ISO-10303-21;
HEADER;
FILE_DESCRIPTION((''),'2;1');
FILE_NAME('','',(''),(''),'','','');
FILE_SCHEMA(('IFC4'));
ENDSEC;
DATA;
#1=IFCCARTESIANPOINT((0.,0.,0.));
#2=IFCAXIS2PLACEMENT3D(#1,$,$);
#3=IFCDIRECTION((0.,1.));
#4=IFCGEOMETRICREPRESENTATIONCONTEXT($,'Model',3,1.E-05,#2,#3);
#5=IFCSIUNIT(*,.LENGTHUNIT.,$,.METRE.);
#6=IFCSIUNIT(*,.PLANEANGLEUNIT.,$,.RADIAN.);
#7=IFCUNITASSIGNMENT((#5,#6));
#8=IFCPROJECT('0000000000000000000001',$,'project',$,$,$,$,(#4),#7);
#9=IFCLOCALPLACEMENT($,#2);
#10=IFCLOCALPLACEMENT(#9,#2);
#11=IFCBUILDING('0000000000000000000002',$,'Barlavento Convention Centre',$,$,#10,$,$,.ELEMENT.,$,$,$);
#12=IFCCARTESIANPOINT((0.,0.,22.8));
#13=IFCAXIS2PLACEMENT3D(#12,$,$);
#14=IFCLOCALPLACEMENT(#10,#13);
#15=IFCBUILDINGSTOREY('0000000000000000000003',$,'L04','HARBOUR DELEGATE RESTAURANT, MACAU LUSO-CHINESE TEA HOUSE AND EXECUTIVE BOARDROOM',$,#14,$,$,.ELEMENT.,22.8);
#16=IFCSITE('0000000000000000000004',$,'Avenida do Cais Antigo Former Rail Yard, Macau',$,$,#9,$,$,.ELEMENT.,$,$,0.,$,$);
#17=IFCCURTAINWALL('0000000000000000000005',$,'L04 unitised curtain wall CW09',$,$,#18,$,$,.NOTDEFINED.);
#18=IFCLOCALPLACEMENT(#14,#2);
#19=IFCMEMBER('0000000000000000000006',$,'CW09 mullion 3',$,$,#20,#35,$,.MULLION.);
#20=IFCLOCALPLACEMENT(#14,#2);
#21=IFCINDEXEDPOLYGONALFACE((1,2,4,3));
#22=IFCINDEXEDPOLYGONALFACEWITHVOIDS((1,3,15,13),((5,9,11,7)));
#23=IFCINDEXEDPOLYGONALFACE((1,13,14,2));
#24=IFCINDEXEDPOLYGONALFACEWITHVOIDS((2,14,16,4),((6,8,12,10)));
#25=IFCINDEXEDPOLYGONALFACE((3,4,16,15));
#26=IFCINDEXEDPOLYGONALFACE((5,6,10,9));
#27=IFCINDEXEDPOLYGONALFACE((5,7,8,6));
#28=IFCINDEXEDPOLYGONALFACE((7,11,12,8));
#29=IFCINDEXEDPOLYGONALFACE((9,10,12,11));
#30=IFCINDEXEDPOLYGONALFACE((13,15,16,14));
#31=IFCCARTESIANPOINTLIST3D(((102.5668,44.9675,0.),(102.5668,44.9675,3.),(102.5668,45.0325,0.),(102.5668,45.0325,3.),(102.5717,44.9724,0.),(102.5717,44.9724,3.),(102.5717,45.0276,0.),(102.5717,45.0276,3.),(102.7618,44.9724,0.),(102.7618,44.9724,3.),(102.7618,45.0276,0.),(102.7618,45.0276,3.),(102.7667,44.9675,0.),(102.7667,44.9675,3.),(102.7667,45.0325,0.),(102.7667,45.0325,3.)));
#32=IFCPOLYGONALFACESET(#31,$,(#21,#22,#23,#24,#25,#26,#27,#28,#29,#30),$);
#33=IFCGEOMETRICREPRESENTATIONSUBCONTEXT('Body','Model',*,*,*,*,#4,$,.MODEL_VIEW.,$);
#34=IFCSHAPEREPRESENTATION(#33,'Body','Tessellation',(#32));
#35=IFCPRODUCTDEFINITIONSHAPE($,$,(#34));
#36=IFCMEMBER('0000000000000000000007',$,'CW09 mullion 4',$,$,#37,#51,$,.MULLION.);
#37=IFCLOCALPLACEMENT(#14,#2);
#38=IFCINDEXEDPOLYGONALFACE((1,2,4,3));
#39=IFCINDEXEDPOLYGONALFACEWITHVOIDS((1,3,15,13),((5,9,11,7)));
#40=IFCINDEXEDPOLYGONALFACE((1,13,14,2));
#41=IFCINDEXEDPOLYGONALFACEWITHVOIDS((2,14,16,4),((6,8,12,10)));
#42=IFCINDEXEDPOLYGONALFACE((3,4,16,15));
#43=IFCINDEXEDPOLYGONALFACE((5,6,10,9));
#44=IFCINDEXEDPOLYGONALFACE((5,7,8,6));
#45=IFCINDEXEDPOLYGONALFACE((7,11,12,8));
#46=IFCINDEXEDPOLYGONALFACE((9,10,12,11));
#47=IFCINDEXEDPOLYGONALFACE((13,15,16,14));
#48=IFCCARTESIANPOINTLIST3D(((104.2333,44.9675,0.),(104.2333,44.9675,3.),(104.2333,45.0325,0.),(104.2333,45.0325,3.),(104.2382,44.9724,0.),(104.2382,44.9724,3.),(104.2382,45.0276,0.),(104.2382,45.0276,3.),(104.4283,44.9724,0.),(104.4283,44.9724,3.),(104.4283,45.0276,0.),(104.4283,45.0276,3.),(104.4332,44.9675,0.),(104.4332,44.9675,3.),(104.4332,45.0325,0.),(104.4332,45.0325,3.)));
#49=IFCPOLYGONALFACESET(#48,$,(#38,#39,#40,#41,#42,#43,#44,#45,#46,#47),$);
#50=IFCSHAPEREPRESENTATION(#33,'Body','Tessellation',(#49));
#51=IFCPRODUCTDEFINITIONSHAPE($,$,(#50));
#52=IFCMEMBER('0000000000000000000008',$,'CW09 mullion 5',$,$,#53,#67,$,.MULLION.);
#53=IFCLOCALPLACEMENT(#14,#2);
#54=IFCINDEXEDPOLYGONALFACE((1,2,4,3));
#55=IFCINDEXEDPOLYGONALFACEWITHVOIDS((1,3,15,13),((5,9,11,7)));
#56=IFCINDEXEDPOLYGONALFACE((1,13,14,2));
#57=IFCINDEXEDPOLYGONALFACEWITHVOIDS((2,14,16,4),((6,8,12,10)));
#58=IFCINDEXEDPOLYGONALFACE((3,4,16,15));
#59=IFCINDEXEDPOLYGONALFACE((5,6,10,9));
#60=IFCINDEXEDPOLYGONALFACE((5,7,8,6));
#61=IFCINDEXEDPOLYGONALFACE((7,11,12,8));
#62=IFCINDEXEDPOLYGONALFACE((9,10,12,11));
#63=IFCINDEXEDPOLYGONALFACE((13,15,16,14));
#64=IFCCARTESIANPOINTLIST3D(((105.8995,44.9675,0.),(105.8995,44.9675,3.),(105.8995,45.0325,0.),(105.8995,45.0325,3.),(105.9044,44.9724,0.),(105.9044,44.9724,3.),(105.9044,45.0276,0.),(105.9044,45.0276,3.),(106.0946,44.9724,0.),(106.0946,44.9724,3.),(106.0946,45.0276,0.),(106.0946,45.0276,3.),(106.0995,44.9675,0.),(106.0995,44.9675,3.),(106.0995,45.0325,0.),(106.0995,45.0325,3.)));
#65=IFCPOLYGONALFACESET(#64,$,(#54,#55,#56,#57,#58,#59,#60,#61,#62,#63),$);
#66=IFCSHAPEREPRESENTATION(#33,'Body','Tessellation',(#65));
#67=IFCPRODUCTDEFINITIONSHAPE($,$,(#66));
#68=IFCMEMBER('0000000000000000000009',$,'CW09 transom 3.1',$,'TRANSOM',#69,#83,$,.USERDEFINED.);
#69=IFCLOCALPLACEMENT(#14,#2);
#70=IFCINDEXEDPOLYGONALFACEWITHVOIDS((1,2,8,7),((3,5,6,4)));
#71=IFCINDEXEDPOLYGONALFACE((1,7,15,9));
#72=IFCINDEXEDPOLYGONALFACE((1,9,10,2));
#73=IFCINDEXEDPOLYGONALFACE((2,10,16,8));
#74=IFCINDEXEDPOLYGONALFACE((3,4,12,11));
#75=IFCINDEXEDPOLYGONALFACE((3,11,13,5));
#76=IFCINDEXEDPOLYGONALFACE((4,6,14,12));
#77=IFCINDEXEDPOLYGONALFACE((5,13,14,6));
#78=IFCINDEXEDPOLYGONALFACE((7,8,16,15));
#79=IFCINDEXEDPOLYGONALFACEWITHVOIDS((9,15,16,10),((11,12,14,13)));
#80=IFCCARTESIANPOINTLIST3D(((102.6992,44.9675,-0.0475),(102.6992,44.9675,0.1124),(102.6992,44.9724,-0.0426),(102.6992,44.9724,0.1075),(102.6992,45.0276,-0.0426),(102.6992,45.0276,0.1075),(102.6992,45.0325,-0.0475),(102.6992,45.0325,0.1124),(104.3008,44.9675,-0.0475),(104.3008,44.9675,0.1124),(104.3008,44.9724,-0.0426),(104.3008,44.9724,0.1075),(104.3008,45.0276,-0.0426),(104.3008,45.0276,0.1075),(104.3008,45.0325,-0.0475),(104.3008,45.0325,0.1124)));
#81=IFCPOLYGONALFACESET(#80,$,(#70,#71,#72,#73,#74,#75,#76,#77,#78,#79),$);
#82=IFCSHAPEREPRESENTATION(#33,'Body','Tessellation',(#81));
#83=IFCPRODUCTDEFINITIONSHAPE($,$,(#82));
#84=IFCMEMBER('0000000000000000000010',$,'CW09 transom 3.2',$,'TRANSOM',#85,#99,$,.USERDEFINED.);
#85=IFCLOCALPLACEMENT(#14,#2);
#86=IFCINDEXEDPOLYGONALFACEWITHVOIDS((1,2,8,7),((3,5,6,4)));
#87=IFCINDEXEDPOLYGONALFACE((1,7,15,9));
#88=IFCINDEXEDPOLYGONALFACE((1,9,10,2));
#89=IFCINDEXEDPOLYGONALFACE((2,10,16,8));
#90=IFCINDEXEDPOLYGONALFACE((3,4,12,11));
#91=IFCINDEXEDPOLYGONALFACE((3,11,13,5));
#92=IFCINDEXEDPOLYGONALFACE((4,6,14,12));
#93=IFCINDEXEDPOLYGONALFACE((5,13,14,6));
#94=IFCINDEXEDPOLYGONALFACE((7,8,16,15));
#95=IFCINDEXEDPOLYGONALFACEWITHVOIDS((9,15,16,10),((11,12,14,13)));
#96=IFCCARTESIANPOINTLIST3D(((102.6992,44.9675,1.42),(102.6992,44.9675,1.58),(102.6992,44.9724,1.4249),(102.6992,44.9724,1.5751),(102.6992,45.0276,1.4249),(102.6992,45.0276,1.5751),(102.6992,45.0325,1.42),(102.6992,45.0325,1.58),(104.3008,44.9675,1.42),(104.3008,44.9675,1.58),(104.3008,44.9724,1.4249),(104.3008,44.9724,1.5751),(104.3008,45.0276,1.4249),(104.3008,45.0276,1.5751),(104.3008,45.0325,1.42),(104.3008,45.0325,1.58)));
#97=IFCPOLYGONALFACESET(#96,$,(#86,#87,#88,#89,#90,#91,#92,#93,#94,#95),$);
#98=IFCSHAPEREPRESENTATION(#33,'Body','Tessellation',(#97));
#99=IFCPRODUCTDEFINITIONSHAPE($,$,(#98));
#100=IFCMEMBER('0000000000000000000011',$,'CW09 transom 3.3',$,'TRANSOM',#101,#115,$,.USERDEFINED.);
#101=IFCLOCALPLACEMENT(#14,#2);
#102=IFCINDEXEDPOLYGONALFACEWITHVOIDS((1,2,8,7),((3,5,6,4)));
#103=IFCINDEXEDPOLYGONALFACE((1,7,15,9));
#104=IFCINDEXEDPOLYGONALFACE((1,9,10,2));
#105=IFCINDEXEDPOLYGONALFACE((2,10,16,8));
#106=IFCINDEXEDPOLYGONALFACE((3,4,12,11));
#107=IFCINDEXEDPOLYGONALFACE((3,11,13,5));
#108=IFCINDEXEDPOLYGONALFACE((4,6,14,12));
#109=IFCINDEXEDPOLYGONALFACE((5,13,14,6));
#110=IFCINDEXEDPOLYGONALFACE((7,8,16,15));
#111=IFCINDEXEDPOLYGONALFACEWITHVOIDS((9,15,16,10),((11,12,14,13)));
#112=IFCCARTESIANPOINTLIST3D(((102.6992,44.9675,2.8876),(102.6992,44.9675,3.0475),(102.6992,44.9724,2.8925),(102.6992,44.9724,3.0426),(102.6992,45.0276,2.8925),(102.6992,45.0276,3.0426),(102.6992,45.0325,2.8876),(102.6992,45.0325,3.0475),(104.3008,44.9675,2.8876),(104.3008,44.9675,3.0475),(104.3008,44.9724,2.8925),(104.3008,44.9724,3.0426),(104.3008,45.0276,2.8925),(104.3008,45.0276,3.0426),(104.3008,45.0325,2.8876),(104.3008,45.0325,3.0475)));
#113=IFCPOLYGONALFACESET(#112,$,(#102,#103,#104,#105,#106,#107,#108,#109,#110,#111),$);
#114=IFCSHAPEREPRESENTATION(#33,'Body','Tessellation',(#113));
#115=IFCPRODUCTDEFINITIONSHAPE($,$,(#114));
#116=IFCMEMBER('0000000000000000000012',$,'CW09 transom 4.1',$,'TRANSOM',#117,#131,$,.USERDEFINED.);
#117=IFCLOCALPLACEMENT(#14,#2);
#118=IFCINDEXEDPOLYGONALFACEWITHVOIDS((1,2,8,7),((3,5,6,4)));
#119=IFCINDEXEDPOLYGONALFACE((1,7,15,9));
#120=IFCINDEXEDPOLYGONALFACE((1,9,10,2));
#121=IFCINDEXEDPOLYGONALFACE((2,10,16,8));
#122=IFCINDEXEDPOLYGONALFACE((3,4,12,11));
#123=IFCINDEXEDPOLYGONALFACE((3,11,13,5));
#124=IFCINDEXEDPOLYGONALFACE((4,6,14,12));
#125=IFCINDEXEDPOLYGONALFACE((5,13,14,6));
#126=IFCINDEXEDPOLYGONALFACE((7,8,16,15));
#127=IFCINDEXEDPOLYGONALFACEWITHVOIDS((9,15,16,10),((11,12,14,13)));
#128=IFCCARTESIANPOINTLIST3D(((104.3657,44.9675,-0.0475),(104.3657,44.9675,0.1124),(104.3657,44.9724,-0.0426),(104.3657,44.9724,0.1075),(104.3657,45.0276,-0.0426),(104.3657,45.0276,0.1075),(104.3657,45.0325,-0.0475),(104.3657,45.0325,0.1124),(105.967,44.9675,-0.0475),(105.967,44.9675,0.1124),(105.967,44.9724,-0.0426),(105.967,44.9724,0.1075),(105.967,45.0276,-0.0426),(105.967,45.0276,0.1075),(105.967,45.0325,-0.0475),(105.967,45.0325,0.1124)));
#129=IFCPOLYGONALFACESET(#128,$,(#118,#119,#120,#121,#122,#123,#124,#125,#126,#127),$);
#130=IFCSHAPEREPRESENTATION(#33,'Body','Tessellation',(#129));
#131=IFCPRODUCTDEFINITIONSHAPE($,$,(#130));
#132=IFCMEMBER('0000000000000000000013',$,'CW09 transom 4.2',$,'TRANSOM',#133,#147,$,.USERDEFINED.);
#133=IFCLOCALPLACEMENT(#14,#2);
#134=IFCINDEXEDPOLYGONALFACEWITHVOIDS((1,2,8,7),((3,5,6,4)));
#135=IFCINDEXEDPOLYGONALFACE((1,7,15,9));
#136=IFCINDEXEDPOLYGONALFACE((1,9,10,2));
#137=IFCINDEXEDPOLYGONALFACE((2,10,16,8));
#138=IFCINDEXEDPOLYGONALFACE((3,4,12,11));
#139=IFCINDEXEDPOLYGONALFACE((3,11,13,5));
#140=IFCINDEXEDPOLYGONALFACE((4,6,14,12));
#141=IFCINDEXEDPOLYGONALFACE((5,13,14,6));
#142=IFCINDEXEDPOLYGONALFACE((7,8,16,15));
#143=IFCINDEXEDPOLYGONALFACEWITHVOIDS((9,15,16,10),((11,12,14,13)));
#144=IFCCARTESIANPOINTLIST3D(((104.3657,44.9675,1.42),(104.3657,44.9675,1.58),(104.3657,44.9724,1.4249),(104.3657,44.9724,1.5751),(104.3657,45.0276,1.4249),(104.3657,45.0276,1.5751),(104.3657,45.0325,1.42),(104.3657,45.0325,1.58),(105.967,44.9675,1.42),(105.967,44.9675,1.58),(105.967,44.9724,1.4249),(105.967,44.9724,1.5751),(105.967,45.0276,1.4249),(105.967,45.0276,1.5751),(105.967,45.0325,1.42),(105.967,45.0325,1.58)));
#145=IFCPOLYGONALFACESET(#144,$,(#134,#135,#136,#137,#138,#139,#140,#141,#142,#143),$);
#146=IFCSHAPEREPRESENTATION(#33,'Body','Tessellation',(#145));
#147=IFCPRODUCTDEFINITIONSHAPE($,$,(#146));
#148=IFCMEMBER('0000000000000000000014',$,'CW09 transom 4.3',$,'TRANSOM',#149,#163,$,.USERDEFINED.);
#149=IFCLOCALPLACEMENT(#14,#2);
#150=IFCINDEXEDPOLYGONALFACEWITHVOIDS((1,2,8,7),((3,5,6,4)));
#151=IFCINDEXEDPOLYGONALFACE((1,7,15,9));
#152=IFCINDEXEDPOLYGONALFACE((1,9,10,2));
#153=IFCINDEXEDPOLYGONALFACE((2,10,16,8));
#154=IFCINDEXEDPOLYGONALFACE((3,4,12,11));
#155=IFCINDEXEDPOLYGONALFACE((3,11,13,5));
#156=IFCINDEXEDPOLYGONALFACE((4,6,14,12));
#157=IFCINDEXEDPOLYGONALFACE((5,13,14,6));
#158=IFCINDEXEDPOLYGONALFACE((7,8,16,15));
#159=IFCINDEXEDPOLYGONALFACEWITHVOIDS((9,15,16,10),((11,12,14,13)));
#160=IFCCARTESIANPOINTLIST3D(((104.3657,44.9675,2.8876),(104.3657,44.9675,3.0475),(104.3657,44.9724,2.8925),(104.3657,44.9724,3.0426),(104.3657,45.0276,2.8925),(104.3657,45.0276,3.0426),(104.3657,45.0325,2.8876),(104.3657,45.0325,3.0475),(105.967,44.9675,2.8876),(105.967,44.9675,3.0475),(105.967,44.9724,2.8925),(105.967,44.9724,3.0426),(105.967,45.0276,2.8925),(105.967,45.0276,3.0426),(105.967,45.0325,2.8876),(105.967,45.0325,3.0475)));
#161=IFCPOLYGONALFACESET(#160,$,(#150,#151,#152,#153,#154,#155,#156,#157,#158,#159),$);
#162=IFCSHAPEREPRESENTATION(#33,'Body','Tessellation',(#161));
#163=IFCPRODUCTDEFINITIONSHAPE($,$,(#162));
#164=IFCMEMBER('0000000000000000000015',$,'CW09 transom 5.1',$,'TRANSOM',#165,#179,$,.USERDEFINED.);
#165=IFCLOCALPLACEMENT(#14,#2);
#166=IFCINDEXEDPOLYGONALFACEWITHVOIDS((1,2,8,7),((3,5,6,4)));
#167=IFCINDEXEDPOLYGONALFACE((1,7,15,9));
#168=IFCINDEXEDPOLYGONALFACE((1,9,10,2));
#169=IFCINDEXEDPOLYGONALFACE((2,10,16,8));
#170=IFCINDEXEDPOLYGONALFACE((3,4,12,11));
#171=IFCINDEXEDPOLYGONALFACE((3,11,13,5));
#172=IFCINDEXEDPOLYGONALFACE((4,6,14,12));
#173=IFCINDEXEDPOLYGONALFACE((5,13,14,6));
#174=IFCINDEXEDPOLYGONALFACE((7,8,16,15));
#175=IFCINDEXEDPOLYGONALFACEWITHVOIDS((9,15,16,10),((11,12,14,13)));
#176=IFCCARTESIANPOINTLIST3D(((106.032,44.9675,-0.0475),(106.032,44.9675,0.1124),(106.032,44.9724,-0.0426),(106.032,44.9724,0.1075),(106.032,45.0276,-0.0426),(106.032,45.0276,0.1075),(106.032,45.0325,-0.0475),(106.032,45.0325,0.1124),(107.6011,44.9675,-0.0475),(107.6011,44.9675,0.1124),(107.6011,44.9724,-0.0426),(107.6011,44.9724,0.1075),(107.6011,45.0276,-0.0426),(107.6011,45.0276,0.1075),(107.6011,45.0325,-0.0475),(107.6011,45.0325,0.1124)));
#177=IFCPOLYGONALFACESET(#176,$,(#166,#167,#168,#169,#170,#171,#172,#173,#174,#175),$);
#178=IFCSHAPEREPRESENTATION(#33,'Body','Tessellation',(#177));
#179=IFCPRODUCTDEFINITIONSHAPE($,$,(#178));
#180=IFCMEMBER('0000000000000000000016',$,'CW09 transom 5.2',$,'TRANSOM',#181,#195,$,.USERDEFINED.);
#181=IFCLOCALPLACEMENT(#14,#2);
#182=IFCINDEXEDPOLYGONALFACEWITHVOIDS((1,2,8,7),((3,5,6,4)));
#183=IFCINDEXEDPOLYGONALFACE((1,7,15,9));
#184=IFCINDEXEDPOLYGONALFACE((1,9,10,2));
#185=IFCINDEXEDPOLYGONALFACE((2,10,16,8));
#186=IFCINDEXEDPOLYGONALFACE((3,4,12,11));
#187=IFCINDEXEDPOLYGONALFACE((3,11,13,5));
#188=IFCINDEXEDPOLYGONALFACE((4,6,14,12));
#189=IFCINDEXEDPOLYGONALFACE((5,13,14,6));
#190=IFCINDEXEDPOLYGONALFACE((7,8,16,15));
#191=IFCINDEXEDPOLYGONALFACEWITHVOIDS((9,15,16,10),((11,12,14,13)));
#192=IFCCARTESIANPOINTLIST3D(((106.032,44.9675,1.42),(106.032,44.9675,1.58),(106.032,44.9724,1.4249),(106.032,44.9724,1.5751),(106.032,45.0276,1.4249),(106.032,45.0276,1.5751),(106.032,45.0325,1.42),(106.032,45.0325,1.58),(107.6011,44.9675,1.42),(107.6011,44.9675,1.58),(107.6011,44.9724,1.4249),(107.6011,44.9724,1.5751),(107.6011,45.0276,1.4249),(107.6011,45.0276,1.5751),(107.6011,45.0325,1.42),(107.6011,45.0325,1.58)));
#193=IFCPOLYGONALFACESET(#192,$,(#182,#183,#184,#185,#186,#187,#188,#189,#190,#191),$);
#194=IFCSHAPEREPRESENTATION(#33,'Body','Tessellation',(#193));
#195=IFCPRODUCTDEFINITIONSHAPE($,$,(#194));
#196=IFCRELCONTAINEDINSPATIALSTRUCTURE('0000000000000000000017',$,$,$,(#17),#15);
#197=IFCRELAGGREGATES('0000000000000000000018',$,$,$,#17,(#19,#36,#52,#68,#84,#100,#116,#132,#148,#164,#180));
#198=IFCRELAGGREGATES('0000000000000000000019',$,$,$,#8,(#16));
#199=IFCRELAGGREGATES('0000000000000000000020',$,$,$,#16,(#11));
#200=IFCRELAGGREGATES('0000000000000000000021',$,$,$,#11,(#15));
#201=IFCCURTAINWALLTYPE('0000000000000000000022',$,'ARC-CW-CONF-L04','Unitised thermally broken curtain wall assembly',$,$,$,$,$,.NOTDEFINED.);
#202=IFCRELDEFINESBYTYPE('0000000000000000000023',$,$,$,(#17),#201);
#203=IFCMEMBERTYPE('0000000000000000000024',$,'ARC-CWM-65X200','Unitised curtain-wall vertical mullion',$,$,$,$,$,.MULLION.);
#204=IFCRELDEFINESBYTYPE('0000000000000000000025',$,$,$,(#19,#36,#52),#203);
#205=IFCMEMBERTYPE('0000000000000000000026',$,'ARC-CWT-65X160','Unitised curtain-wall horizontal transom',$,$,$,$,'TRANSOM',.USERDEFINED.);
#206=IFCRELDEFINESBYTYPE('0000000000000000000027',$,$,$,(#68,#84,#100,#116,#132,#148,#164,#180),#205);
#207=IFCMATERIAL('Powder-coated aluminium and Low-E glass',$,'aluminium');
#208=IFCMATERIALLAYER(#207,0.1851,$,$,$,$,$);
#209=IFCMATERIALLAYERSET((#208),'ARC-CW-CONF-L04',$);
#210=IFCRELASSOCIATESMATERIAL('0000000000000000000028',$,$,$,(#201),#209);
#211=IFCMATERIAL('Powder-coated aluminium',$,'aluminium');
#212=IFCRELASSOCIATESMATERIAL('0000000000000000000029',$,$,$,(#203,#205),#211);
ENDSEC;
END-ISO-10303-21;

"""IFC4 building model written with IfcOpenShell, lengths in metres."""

from ifc_helpers import new_model, si_unit, direction, frame, origin, origin_2d, place, context, subcontext, project, spatial, hollow_rectangle, extrude, material, layer, layer_set, material_profile, profile_set, type_object, element, aggregate, save


model = new_model("IFC4")

# Units and contexts
model_context = context("Model", 3, precision=1e-05, world=origin(), true_north=direction((0.0, 1.0)))
body_context = subcontext(model_context, "Body", "Model", "MODEL_VIEW")
ifc_project = project(units=[si_unit("LENGTHUNIT", "METRE"), si_unit("PLANEANGLEUNIT", "RADIAN")], contexts=[model_context])

# Site, building, storey
site_placement = place(None, origin())
site = spatial("IfcSite", under=ifc_project, at=site_placement, Name="Avenida do Cais Antigo Former Rail Yard, Macau", CompositionType="ELEMENT", RefElevation=0.0)
building_placement = place(site_placement, origin())
building = spatial("IfcBuilding", under=site, at=building_placement, Name="Barlavento Convention Centre", CompositionType="ELEMENT")
storey_placement = place(building_placement, frame((0.0, 0.0, 22.8)))
storey = spatial("IfcBuildingStorey", under=building, at=storey_placement, Name="L04", Description="HARBOUR DELEGATE RESTAURANT, MACAU LUSO-CHINESE TEA HOUSE AND EXECUTIVE BOARDROOM", CompositionType="ELEMENT", Elevation=22.8)

# Curtain wall, members
ifc_material_1 = material(Name="Powder-coated aluminium and Low-E glass", Category="aluminium")
ifc_layer_1 = layer(ifc_material_1, 0.1851)
ifc_layer_set_1 = layer_set([ifc_layer_1], Name="ARC-CW-CONF-L04")
curtain_wall_type = type_object("IfcCurtainWallType", Name="ARC-CW-CONF-L04", Description="Unitised thermally broken curtain wall assembly", PredefinedType="NOTDEFINED", material=ifc_layer_set_1)
curtain_wall_placement = place(storey_placement, origin())
curtain_wall = element("IfcCurtainWall", 1, at=curtain_wall_placement, inside=storey, type_object=curtain_wall_type, Name="L04 unitised curtain wall CW09", PredefinedType="NOTDEFINED")
ifc_material_2 = material(Name="Powder-coated aluminium", Category="aluminium")
ifc_material_profile_1 = material_profile(ifc_material_2, hollow_rectangle(XDim=0.0649, YDim=0.2, WallThickness=0.0049, at=origin_2d()), Name="AL-MULL 65x200x5")
ifc_profile_set_1 = profile_set([ifc_material_profile_1], Name="Powder-coated aluminium")
member_type_1 = type_object("IfcMemberType", Name="ARC-CWM-65X200", Description="Unitised curtain-wall vertical mullion", PredefinedType="MULLION", material=ifc_profile_set_1)
member_1_placement = place(storey_placement, frame((102.6667, 45.0, 0.0), z_axis=(0.0, 0.0, 1.0), x_axis=(0.0, 1.0, 0.0)))
member_1 = element("IfcMember", 2, at=member_1_placement, type_object=member_type_1, Name="CW09 mullion 3", PredefinedType="MULLION", context=body_context, shape_type="SweptSolid", body=[
    extrude(hollow_rectangle(XDim=0.0649, YDim=0.2, WallThickness=0.0049, at=origin_2d()), origin(), (0.0, 0.0, 1.0), 3.0),
])
member_2_placement = place(storey_placement, frame((104.3333, 45.0, 0.0), z_axis=(0.0, 0.0, 1.0), x_axis=(0.0, 1.0, 0.0)))
member_2 = element("IfcMember", 3, at=member_2_placement, type_object=member_type_1, Name="CW09 mullion 4", PredefinedType="MULLION", context=body_context, shape_type="SweptSolid", body=[
    extrude(hollow_rectangle(XDim=0.0649, YDim=0.2, WallThickness=0.0049, at=origin_2d()), origin(), (0.0, 0.0, 1.0), 3.0),
])
member_3_placement = place(storey_placement, frame((105.9995, 45.0, 0.0), z_axis=(0.0, 0.0, 1.0), x_axis=(0.0, 1.0, 0.0)))
member_3 = element("IfcMember", 4, at=member_3_placement, type_object=member_type_1, Name="CW09 mullion 5", PredefinedType="MULLION", context=body_context, shape_type="SweptSolid", body=[
    extrude(hollow_rectangle(XDim=0.0649, YDim=0.2, WallThickness=0.0049, at=origin_2d()), origin(), (0.0, 0.0, 1.0), 3.0),
])
ifc_material_profile_2 = material_profile(ifc_material_2, hollow_rectangle(XDim=0.0649, YDim=0.1599, WallThickness=0.0049, at=origin_2d()), Name="AL-TRAN 65x160x5")
ifc_profile_set_2 = profile_set([ifc_material_profile_2], Name="Powder-coated aluminium")
member_type_2 = type_object("IfcMemberType", Name="ARC-CWT-65X160", Description="Unitised curtain-wall horizontal transom", ElementType="TRANSOM", PredefinedType="USERDEFINED", material=ifc_profile_set_2)
member_4_placement = place(storey_placement, frame((102.6992, 45.0, 0.0325), z_axis=(1.0, 0.0, 0.0), x_axis=(0.0, 1.0, 0.0)))
member_4 = element("IfcMember", 5, at=member_4_placement, type_object=member_type_2, Name="CW09 transom 3.1", ObjectType="TRANSOM", PredefinedType="USERDEFINED", context=body_context, shape_type="SweptSolid", body=[
    extrude(hollow_rectangle(XDim=0.0649, YDim=0.1599, WallThickness=0.0049, at=origin_2d()), origin(), (0.0, 0.0, 1.0), 1.6016),
])
member_5_placement = place(storey_placement, frame((102.6992, 45.0, 1.5), z_axis=(1.0, 0.0, 0.0), x_axis=(0.0, 1.0, 0.0)))
member_5 = element("IfcMember", 6, at=member_5_placement, type_object=member_type_2, Name="CW09 transom 3.2", ObjectType="TRANSOM", PredefinedType="USERDEFINED", context=body_context, shape_type="SweptSolid", body=[
    extrude(hollow_rectangle(XDim=0.0649, YDim=0.1599, WallThickness=0.0049, at=origin_2d()), origin(), (0.0, 0.0, 1.0), 1.6016),
])
member_6_placement = place(storey_placement, frame((102.6992, 45.0, 2.9675), z_axis=(1.0, 0.0, 0.0), x_axis=(0.0, 1.0, 0.0)))
member_6 = element("IfcMember", 7, at=member_6_placement, type_object=member_type_2, Name="CW09 transom 3.3", ObjectType="TRANSOM", PredefinedType="USERDEFINED", context=body_context, shape_type="SweptSolid", body=[
    extrude(hollow_rectangle(XDim=0.0649, YDim=0.1599, WallThickness=0.0049, at=origin_2d()), origin(), (0.0, 0.0, 1.0), 1.6016),
])
member_7_placement = place(storey_placement, frame((104.3657, 45.0, 0.0325), z_axis=(1.0, 0.0, 0.0), x_axis=(0.0, 1.0, 0.0)))
member_7 = element("IfcMember", 8, at=member_7_placement, type_object=member_type_2, Name="CW09 transom 4.1", ObjectType="TRANSOM", PredefinedType="USERDEFINED", context=body_context, shape_type="SweptSolid", body=[
    extrude(hollow_rectangle(XDim=0.0649, YDim=0.1599, WallThickness=0.0049, at=origin_2d()), origin(), (0.0, 0.0, 1.0), 1.6013),
])
member_8_placement = place(storey_placement, frame((104.3657, 45.0, 1.5), z_axis=(1.0, 0.0, 0.0), x_axis=(0.0, 1.0, 0.0)))
member_8 = element("IfcMember", 9, at=member_8_placement, type_object=member_type_2, Name="CW09 transom 4.2", ObjectType="TRANSOM", PredefinedType="USERDEFINED", context=body_context, shape_type="SweptSolid", body=[
    extrude(hollow_rectangle(XDim=0.0649, YDim=0.1599, WallThickness=0.0049, at=origin_2d()), origin(), (0.0, 0.0, 1.0), 1.6013),
])
member_9_placement = place(storey_placement, frame((104.3657, 45.0, 2.9675), z_axis=(1.0, 0.0, 0.0), x_axis=(0.0, 1.0, 0.0)))
member_9 = element("IfcMember", 10, at=member_9_placement, type_object=member_type_2, Name="CW09 transom 4.3", ObjectType="TRANSOM", PredefinedType="USERDEFINED", context=body_context, shape_type="SweptSolid", body=[
    extrude(hollow_rectangle(XDim=0.0649, YDim=0.1599, WallThickness=0.0049, at=origin_2d()), origin(), (0.0, 0.0, 1.0), 1.6013),
])
member_10_placement = place(storey_placement, frame((106.032, 45.0, 0.0325), z_axis=(1.0, 0.0, 0.0), x_axis=(0.0, 1.0, 0.0)))
member_10 = element("IfcMember", 11, at=member_10_placement, type_object=member_type_2, Name="CW09 transom 5.1", ObjectType="TRANSOM", PredefinedType="USERDEFINED", context=body_context, shape_type="SweptSolid", body=[
    extrude(hollow_rectangle(XDim=0.0649, YDim=0.1599, WallThickness=0.0049, at=origin_2d()), origin(), (0.0, 0.0, 1.0), 1.5691),
])
member_11_placement = place(storey_placement, frame((106.032, 45.0, 1.5), z_axis=(1.0, 0.0, 0.0), x_axis=(0.0, 1.0, 0.0)))
member_11 = element("IfcMember", 12, at=member_11_placement, type_object=member_type_2, Name="CW09 transom 5.2", ObjectType="TRANSOM", PredefinedType="USERDEFINED", context=body_context, shape_type="SweptSolid", body=[
    extrude(hollow_rectangle(XDim=0.0649, YDim=0.1599, WallThickness=0.0049, at=origin_2d()), origin(), (0.0, 0.0, 1.0), 1.5691),
])
aggregate(curtain_wall, [member_1, member_2, member_3, member_4, member_5, member_6, member_7, member_8, member_9, member_10, member_11])

save(model, "model.ifc")
